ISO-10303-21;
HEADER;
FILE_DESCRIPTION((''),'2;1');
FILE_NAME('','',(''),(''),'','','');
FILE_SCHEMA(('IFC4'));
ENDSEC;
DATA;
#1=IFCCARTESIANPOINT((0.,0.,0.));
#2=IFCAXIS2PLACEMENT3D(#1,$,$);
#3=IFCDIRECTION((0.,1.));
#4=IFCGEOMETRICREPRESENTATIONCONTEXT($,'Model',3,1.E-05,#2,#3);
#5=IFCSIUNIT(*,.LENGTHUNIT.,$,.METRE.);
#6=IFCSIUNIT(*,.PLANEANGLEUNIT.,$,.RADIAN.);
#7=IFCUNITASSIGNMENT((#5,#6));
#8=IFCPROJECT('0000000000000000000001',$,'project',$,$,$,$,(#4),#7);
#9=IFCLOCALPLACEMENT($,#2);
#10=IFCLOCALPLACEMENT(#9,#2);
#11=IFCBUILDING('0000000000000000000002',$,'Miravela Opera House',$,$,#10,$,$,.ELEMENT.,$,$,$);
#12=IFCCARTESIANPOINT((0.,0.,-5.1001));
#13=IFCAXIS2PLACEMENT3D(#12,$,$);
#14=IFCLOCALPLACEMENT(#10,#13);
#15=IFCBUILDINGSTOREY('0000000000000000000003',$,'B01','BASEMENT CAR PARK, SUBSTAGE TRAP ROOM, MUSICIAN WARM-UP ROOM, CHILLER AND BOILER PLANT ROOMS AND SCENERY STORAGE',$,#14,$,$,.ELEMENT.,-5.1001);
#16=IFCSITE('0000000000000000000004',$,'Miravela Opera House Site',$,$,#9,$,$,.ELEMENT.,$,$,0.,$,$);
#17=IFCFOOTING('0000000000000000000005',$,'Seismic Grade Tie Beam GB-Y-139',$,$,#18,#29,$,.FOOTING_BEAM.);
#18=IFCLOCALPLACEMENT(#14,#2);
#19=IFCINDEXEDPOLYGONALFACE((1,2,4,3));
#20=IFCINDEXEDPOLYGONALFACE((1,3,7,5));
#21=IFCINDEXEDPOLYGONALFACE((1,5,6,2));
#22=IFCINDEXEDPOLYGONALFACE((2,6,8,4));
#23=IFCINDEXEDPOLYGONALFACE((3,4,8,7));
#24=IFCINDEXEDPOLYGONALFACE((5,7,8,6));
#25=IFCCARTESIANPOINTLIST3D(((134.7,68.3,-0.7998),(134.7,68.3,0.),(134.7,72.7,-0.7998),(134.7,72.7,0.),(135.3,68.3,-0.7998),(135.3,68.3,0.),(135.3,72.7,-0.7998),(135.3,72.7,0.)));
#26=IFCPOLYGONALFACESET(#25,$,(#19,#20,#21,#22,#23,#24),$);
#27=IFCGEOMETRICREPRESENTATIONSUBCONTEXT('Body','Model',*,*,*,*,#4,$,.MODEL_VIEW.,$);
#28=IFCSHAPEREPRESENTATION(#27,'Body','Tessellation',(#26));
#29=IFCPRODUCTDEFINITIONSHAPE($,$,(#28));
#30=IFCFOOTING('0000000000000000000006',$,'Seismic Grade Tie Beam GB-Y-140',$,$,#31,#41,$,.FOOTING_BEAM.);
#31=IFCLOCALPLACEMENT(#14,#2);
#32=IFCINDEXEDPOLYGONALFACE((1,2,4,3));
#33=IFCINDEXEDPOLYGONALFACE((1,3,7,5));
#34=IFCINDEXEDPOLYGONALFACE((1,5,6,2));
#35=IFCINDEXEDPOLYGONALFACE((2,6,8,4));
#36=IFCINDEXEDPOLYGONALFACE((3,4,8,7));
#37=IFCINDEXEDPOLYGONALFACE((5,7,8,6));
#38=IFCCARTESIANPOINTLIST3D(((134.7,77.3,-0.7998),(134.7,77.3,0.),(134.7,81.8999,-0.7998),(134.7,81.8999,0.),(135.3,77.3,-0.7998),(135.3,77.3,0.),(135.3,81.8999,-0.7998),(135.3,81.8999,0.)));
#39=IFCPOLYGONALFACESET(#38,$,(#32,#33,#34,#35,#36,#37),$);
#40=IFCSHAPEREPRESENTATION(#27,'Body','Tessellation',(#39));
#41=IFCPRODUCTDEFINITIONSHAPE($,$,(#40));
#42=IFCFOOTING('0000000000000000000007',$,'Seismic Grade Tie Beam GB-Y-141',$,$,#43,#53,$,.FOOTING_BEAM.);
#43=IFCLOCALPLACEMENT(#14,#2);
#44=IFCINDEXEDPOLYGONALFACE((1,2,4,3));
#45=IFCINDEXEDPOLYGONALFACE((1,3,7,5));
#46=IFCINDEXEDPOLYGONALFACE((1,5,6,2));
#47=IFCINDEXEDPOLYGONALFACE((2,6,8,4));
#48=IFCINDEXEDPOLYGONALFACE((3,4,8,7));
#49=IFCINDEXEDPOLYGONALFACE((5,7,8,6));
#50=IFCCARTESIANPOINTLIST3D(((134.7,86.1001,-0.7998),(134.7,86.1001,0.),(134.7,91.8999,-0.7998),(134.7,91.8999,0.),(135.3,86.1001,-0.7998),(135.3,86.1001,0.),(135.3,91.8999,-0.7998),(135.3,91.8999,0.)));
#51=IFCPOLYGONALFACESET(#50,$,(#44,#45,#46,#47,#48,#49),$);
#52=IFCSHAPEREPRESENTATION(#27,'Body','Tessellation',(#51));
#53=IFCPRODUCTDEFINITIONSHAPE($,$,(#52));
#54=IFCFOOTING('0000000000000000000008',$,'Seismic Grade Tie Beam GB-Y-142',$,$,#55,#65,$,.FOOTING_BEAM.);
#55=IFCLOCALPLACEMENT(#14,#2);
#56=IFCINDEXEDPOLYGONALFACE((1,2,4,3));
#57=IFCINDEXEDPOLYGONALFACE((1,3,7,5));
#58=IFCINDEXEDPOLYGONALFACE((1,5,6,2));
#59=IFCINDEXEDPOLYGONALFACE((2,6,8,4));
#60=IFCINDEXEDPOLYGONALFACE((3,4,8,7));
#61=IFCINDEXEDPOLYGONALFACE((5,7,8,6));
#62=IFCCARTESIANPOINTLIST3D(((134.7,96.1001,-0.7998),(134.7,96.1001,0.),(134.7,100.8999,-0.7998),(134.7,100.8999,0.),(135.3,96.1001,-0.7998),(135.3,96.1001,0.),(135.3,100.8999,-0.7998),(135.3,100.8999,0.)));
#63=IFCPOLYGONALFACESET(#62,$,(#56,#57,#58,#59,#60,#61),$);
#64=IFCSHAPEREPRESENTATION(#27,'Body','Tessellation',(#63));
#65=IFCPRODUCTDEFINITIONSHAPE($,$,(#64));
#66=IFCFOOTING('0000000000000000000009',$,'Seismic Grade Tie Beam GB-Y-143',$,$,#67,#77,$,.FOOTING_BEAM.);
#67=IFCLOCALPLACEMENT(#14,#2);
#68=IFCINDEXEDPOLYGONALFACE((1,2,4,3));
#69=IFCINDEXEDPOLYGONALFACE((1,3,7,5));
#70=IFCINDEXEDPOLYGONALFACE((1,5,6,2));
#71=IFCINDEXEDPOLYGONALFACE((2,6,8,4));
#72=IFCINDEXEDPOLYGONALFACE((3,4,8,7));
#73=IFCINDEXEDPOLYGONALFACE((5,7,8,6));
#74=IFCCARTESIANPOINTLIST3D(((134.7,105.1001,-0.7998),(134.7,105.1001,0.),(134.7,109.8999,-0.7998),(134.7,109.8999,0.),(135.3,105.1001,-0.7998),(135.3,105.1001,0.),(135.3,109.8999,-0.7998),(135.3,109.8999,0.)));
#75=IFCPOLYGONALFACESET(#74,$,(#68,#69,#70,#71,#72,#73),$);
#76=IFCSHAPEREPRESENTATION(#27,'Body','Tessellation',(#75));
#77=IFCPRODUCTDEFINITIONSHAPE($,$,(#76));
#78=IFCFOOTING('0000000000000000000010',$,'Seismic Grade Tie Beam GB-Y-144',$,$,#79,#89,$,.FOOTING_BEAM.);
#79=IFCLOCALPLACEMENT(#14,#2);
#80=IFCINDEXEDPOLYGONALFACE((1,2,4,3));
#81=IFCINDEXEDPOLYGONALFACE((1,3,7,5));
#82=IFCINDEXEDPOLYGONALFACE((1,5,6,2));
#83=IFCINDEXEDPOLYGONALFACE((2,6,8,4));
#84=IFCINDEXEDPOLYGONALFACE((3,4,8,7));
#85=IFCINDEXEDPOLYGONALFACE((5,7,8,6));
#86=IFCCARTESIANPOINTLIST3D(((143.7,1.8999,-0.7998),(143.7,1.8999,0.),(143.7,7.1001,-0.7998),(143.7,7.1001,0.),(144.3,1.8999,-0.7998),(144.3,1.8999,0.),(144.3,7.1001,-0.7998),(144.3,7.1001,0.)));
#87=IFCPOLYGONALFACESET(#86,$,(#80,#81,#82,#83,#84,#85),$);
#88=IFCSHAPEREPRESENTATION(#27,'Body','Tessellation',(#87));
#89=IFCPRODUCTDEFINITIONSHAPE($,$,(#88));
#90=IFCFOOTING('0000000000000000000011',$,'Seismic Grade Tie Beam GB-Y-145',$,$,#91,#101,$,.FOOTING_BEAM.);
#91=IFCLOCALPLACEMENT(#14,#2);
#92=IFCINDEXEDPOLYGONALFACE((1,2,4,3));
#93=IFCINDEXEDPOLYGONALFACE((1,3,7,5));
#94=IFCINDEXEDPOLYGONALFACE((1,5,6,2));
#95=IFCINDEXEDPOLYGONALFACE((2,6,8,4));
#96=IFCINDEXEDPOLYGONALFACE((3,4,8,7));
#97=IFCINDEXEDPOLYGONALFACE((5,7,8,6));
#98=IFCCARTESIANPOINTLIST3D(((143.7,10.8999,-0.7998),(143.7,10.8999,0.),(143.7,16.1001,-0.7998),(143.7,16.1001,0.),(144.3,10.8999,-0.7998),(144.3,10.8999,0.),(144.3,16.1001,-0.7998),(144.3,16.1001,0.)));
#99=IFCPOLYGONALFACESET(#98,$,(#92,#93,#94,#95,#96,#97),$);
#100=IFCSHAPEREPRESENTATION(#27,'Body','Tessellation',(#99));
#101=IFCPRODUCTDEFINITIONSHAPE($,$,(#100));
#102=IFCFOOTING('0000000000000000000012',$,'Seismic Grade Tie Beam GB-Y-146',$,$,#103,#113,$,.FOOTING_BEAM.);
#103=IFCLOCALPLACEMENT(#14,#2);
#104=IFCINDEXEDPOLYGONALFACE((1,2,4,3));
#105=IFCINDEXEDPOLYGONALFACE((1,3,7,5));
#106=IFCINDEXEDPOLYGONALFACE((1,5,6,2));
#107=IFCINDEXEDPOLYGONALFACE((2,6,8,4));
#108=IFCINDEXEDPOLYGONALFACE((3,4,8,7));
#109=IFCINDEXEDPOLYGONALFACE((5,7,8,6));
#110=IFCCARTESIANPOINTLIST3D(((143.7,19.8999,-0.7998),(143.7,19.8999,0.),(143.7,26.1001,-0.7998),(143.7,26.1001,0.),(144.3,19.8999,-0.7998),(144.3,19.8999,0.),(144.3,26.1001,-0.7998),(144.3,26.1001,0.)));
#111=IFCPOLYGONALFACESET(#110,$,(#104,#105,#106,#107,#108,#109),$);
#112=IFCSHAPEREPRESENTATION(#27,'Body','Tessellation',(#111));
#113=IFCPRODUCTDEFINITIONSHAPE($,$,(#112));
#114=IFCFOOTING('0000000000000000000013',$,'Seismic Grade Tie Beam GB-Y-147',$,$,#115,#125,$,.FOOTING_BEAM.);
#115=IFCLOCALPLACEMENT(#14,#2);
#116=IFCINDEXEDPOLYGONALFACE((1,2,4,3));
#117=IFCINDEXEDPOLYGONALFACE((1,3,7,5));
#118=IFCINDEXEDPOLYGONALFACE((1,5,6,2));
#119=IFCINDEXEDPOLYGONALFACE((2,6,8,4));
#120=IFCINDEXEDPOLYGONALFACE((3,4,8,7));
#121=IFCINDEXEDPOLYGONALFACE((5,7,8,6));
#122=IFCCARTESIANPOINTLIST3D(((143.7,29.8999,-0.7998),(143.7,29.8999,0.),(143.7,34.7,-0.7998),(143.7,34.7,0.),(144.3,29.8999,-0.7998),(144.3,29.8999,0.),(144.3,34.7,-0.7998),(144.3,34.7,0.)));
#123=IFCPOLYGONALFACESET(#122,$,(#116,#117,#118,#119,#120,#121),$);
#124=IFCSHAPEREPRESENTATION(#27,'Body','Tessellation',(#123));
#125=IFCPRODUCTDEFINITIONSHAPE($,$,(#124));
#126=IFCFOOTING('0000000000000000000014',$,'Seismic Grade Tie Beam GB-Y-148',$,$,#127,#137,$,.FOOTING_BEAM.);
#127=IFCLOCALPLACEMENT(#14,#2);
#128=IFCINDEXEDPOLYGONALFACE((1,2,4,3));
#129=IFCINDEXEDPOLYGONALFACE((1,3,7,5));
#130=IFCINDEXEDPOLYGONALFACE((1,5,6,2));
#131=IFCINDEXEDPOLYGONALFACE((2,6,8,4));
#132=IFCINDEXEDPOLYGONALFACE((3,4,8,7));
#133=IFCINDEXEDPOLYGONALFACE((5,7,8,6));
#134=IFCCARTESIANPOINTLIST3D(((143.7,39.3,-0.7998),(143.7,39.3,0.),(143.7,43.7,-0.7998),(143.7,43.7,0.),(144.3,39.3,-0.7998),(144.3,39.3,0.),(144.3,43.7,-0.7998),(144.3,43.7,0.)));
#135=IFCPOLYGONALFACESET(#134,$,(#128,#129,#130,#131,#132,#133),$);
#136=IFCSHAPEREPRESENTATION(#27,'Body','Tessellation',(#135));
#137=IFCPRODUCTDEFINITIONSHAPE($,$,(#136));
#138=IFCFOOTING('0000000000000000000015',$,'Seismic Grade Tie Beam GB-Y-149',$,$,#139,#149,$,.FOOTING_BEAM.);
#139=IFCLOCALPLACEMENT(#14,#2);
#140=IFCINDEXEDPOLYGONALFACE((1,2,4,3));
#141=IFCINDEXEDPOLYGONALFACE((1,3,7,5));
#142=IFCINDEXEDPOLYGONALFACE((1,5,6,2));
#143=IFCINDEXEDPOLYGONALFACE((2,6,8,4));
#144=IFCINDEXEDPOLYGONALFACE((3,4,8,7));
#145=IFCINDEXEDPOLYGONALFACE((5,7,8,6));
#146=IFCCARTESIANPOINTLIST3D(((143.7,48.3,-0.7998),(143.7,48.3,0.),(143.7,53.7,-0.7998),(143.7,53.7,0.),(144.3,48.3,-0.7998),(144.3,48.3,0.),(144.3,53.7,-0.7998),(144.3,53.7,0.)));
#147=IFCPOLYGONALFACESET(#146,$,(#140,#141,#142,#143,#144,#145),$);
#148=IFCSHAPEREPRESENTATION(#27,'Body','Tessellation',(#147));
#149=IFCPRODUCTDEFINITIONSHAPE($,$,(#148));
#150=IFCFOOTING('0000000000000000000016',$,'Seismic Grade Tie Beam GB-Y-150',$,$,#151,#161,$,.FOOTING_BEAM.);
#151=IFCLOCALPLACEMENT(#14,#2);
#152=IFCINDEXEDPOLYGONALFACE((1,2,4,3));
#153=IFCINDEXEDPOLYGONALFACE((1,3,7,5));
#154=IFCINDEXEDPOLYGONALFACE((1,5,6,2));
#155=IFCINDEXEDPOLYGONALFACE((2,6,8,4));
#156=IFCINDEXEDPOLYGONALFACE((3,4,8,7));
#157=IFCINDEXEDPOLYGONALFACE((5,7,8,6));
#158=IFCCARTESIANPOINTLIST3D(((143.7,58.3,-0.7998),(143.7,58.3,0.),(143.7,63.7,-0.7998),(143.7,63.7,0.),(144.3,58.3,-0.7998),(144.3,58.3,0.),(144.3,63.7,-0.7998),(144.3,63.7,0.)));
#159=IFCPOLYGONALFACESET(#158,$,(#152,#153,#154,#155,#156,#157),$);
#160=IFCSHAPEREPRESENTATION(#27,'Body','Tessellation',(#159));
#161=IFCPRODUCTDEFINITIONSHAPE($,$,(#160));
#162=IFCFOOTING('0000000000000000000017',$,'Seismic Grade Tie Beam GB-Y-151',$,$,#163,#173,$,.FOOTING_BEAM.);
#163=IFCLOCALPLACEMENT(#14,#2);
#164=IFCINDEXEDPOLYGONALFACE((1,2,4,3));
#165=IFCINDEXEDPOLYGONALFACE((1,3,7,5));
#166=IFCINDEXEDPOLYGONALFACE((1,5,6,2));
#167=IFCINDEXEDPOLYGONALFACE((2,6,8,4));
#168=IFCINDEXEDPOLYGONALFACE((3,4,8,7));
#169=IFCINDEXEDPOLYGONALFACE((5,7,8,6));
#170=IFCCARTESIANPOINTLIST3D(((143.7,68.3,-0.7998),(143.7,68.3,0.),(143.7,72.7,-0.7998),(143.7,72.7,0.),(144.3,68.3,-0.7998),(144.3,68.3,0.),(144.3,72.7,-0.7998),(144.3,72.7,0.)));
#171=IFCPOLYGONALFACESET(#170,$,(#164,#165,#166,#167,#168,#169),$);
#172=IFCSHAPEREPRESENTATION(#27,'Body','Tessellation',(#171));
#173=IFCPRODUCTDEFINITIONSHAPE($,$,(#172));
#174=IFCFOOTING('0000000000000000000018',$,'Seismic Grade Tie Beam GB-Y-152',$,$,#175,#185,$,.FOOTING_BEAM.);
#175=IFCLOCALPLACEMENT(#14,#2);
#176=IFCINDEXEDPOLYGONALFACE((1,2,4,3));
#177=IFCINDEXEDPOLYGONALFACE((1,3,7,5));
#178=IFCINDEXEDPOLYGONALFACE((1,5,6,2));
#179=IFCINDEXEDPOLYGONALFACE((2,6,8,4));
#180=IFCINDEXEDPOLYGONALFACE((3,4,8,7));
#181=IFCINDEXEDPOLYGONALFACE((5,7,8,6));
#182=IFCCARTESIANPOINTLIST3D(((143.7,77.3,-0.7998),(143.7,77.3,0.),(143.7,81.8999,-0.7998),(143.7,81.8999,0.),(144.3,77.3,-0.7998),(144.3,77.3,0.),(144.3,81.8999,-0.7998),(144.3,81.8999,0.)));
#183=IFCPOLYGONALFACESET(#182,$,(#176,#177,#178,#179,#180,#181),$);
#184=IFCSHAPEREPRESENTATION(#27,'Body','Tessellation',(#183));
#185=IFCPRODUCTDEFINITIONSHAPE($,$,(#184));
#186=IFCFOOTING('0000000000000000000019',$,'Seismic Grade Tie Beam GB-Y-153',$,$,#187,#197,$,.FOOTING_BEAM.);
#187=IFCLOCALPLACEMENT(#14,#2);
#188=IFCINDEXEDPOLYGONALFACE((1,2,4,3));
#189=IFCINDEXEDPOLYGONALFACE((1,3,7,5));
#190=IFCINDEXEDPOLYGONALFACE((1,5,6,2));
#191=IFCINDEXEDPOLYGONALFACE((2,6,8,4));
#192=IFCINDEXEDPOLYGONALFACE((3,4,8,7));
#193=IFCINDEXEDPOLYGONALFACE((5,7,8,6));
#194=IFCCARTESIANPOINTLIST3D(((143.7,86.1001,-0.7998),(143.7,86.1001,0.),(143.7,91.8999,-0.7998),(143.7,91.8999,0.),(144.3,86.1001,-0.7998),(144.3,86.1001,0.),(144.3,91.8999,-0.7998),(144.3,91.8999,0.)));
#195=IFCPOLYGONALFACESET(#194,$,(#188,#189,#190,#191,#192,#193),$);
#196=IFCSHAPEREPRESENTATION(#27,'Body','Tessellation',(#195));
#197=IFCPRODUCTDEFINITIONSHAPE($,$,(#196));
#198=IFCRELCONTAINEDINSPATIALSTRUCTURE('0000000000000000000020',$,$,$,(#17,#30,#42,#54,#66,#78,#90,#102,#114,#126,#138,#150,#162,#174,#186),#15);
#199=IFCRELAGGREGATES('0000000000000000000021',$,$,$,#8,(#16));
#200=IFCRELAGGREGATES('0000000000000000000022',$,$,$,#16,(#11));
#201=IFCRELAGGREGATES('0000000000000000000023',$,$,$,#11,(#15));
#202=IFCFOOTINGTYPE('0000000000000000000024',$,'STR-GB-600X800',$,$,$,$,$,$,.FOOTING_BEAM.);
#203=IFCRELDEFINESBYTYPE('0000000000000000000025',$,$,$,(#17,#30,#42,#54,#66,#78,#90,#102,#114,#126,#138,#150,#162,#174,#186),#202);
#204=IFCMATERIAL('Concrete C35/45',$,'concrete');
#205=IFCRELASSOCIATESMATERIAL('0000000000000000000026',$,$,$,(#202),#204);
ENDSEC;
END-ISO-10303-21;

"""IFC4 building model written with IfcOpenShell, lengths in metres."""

from ifc_helpers import new_model, si_unit, direction, frame, origin, place, context, subcontext, project, spatial, polyline, outline, extrude, material, type_object, element, save


model = new_model("IFC4")

# Units and contexts
model_context = context("Model", 3, precision=1e-05, world=origin(), true_north=direction((0.0, 1.0)))
body_context = subcontext(model_context, "Body", "Model", "MODEL_VIEW")
ifc_project = project(units=[si_unit("LENGTHUNIT", "METRE"), si_unit("PLANEANGLEUNIT", "RADIAN")], contexts=[model_context])

# Site, building, storey
site_placement = place(None, origin())
site = spatial("IfcSite", under=ifc_project, at=site_placement, Name="Miravela Opera House Site", CompositionType="ELEMENT", RefElevation=0.0)
building_placement = place(site_placement, origin())
building = spatial("IfcBuilding", under=site, at=building_placement, Name="Miravela Opera House", CompositionType="ELEMENT")
storey_placement = place(building_placement, frame((0.0, 0.0, -5.1001)))
storey = spatial("IfcBuildingStorey", under=building, at=storey_placement, Name="B01", Description="BASEMENT CAR PARK, SUBSTAGE TRAP ROOM, MUSICIAN WARM-UP ROOM, CHILLER AND BOILER PLANT ROOMS AND SCENERY STORAGE", CompositionType="ELEMENT", Elevation=-5.1001)

# Footings
ifc_material = material(Name="Concrete C35/45", Category="concrete")
footing_type = type_object("IfcFootingType", Name="STR-GB-600X800", PredefinedType="FOOTING_BEAM", material=ifc_material)
footing_1_placement = place(storey_placement, frame((0.0, 0.0, -0.7998)))
element("IfcFooting", 1, at=footing_1_placement, inside=storey, type_object=footing_type, Name="Seismic Grade Tie Beam GB-Y-139", PredefinedType="FOOTING_BEAM", context=body_context, shape_type="SweptSolid", body=[
    extrude(outline(polyline([(134.7, 68.3), (135.3, 68.3), (135.3, 72.7), (134.7, 72.7), (134.7, 68.3)])), origin(), (0.0, 0.0, 1.0), 0.7998),
])
footing_2_placement = place(storey_placement, frame((0.0, 0.0, -0.7998)))
element("IfcFooting", 2, at=footing_2_placement, inside=storey, type_object=footing_type, Name="Seismic Grade Tie Beam GB-Y-140", PredefinedType="FOOTING_BEAM", context=body_context, shape_type="SweptSolid", body=[
    extrude(outline(polyline([(134.7, 77.3), (135.3, 77.3), (135.3, 81.8999), (134.7, 81.8999), (134.7, 77.3)])), origin(), (0.0, 0.0, 1.0), 0.7998),
])
footing_3_placement = place(storey_placement, frame((0.0, 0.0, -0.7998)))
element("IfcFooting", 3, at=footing_3_placement, inside=storey, type_object=footing_type, Name="Seismic Grade Tie Beam GB-Y-141", PredefinedType="FOOTING_BEAM", context=body_context, shape_type="SweptSolid", body=[
    extrude(outline(polyline([(134.7, 86.1001), (135.3, 86.1001), (135.3, 91.8999), (134.7, 91.8999), (134.7, 86.1001)])), origin(), (0.0, 0.0, 1.0), 0.7998),
])
footing_4_placement = place(storey_placement, frame((0.0, 0.0, -0.7998)))
element("IfcFooting", 4, at=footing_4_placement, inside=storey, type_object=footing_type, Name="Seismic Grade Tie Beam GB-Y-142", PredefinedType="FOOTING_BEAM", context=body_context, shape_type="SweptSolid", body=[
    extrude(outline(polyline([(134.7, 96.1001), (135.3, 96.1001), (135.3, 100.8999), (134.7, 100.8999), (134.7, 96.1001)])), origin(), (0.0, 0.0, 1.0), 0.7998),
])
footing_5_placement = place(storey_placement, frame((0.0, 0.0, -0.7998)))
element("IfcFooting", 5, at=footing_5_placement, inside=storey, type_object=footing_type, Name="Seismic Grade Tie Beam GB-Y-143", PredefinedType="FOOTING_BEAM", context=body_context, shape_type="SweptSolid", body=[
    extrude(outline(polyline([(134.7, 105.1001), (135.3, 105.1001), (135.3, 109.8999), (134.7, 109.8999), (134.7, 105.1001)])), origin(), (0.0, 0.0, 1.0), 0.7998),
])
footing_6_placement = place(storey_placement, frame((0.0, 0.0, -0.7998)))
element("IfcFooting", 6, at=footing_6_placement, inside=storey, type_object=footing_type, Name="Seismic Grade Tie Beam GB-Y-144", PredefinedType="FOOTING_BEAM", context=body_context, shape_type="SweptSolid", body=[
    extrude(outline(polyline([(143.7, 1.8999), (144.3, 1.8999), (144.3, 7.1001), (143.7, 7.1001), (143.7, 1.8999)])), origin(), (0.0, 0.0, 1.0), 0.7998),
])
footing_7_placement = place(storey_placement, frame((0.0, 0.0, -0.7998)))
element("IfcFooting", 7, at=footing_7_placement, inside=storey, type_object=footing_type, Name="Seismic Grade Tie Beam GB-Y-145", PredefinedType="FOOTING_BEAM", context=body_context, shape_type="SweptSolid", body=[
    extrude(outline(polyline([(143.7, 10.8999), (144.3, 10.8999), (144.3, 16.1001), (143.7, 16.1001), (143.7, 10.8999)])), origin(), (0.0, 0.0, 1.0), 0.7998),
])
footing_8_placement = place(storey_placement, frame((0.0, 0.0, -0.7998)))
element("IfcFooting", 8, at=footing_8_placement, inside=storey, type_object=footing_type, Name="Seismic Grade Tie Beam GB-Y-146", PredefinedType="FOOTING_BEAM", context=body_context, shape_type="SweptSolid", body=[
    extrude(outline(polyline([(143.7, 19.8999), (144.3, 19.8999), (144.3, 26.1001), (143.7, 26.1001), (143.7, 19.8999)])), origin(), (0.0, 0.0, 1.0), 0.7998),
])
footing_9_placement = place(storey_placement, frame((0.0, 0.0, -0.7998)))
element("IfcFooting", 9, at=footing_9_placement, inside=storey, type_object=footing_type, Name="Seismic Grade Tie Beam GB-Y-147", PredefinedType="FOOTING_BEAM", context=body_context, shape_type="SweptSolid", body=[
    extrude(outline(polyline([(143.7, 29.8999), (144.3, 29.8999), (144.3, 34.7), (143.7, 34.7), (143.7, 29.8999)])), origin(), (0.0, 0.0, 1.0), 0.7998),
])
footing_10_placement = place(storey_placement, frame((0.0, 0.0, -0.7998)))
element("IfcFooting", 10, at=footing_10_placement, inside=storey, type_object=footing_type, Name="Seismic Grade Tie Beam GB-Y-148", PredefinedType="FOOTING_BEAM", context=body_context, shape_type="SweptSolid", body=[
    extrude(outline(polyline([(143.7, 39.3), (144.3, 39.3), (144.3, 43.7), (143.7, 43.7), (143.7, 39.3)])), origin(), (0.0, 0.0, 1.0), 0.7998),
])
footing_11_placement = place(storey_placement, frame((0.0, 0.0, -0.7998)))
element("IfcFooting", 11, at=footing_11_placement, inside=storey, type_object=footing_type, Name="Seismic Grade Tie Beam GB-Y-149", PredefinedType="FOOTING_BEAM", context=body_context, shape_type="SweptSolid", body=[
    extrude(outline(polyline([(143.7, 48.3), (144.3, 48.3), (144.3, 53.7), (143.7, 53.7), (143.7, 48.3)])), origin(), (0.0, 0.0, 1.0), 0.7998),
])
footing_12_placement = place(storey_placement, frame((0.0, 0.0, -0.7998)))
element("IfcFooting", 12, at=footing_12_placement, inside=storey, type_object=footing_type, Name="Seismic Grade Tie Beam GB-Y-150", PredefinedType="FOOTING_BEAM", context=body_context, shape_type="SweptSolid", body=[
    extrude(outline(polyline([(143.7, 58.3), (144.3, 58.3), (144.3, 63.7), (143.7, 63.7), (143.7, 58.3)])), origin(), (0.0, 0.0, 1.0), 0.7998),
])
footing_13_placement = place(storey_placement, frame((0.0, 0.0, -0.7998)))
element("IfcFooting", 13, at=footing_13_placement, inside=storey, type_object=footing_type, Name="Seismic Grade Tie Beam GB-Y-151", PredefinedType="FOOTING_BEAM", context=body_context, shape_type="SweptSolid", body=[
    extrude(outline(polyline([(143.7, 68.3), (144.3, 68.3), (144.3, 72.7), (143.7, 72.7), (143.7, 68.3)])), origin(), (0.0, 0.0, 1.0), 0.7998),
])
footing_14_placement = place(storey_placement, frame((0.0, 0.0, -0.7998)))
element("IfcFooting", 14, at=footing_14_placement, inside=storey, type_object=footing_type, Name="Seismic Grade Tie Beam GB-Y-152", PredefinedType="FOOTING_BEAM", context=body_context, shape_type="SweptSolid", body=[
    extrude(outline(polyline([(143.7, 77.3), (144.3, 77.3), (144.3, 81.8999), (143.7, 81.8999), (143.7, 77.3)])), origin(), (0.0, 0.0, 1.0), 0.7998),
])
footing_15_placement = place(storey_placement, frame((0.0, 0.0, -0.7998)))
element("IfcFooting", 15, at=footing_15_placement, inside=storey, type_object=footing_type, Name="Seismic Grade Tie Beam GB-Y-153", PredefinedType="FOOTING_BEAM", context=body_context, shape_type="SweptSolid", body=[
    extrude(outline(polyline([(143.7, 86.1001), (144.3, 86.1001), (144.3, 91.8999), (143.7, 91.8999), (143.7, 86.1001)])), origin(), (0.0, 0.0, 1.0), 0.7998),
])

save(model, "model.ifc")
